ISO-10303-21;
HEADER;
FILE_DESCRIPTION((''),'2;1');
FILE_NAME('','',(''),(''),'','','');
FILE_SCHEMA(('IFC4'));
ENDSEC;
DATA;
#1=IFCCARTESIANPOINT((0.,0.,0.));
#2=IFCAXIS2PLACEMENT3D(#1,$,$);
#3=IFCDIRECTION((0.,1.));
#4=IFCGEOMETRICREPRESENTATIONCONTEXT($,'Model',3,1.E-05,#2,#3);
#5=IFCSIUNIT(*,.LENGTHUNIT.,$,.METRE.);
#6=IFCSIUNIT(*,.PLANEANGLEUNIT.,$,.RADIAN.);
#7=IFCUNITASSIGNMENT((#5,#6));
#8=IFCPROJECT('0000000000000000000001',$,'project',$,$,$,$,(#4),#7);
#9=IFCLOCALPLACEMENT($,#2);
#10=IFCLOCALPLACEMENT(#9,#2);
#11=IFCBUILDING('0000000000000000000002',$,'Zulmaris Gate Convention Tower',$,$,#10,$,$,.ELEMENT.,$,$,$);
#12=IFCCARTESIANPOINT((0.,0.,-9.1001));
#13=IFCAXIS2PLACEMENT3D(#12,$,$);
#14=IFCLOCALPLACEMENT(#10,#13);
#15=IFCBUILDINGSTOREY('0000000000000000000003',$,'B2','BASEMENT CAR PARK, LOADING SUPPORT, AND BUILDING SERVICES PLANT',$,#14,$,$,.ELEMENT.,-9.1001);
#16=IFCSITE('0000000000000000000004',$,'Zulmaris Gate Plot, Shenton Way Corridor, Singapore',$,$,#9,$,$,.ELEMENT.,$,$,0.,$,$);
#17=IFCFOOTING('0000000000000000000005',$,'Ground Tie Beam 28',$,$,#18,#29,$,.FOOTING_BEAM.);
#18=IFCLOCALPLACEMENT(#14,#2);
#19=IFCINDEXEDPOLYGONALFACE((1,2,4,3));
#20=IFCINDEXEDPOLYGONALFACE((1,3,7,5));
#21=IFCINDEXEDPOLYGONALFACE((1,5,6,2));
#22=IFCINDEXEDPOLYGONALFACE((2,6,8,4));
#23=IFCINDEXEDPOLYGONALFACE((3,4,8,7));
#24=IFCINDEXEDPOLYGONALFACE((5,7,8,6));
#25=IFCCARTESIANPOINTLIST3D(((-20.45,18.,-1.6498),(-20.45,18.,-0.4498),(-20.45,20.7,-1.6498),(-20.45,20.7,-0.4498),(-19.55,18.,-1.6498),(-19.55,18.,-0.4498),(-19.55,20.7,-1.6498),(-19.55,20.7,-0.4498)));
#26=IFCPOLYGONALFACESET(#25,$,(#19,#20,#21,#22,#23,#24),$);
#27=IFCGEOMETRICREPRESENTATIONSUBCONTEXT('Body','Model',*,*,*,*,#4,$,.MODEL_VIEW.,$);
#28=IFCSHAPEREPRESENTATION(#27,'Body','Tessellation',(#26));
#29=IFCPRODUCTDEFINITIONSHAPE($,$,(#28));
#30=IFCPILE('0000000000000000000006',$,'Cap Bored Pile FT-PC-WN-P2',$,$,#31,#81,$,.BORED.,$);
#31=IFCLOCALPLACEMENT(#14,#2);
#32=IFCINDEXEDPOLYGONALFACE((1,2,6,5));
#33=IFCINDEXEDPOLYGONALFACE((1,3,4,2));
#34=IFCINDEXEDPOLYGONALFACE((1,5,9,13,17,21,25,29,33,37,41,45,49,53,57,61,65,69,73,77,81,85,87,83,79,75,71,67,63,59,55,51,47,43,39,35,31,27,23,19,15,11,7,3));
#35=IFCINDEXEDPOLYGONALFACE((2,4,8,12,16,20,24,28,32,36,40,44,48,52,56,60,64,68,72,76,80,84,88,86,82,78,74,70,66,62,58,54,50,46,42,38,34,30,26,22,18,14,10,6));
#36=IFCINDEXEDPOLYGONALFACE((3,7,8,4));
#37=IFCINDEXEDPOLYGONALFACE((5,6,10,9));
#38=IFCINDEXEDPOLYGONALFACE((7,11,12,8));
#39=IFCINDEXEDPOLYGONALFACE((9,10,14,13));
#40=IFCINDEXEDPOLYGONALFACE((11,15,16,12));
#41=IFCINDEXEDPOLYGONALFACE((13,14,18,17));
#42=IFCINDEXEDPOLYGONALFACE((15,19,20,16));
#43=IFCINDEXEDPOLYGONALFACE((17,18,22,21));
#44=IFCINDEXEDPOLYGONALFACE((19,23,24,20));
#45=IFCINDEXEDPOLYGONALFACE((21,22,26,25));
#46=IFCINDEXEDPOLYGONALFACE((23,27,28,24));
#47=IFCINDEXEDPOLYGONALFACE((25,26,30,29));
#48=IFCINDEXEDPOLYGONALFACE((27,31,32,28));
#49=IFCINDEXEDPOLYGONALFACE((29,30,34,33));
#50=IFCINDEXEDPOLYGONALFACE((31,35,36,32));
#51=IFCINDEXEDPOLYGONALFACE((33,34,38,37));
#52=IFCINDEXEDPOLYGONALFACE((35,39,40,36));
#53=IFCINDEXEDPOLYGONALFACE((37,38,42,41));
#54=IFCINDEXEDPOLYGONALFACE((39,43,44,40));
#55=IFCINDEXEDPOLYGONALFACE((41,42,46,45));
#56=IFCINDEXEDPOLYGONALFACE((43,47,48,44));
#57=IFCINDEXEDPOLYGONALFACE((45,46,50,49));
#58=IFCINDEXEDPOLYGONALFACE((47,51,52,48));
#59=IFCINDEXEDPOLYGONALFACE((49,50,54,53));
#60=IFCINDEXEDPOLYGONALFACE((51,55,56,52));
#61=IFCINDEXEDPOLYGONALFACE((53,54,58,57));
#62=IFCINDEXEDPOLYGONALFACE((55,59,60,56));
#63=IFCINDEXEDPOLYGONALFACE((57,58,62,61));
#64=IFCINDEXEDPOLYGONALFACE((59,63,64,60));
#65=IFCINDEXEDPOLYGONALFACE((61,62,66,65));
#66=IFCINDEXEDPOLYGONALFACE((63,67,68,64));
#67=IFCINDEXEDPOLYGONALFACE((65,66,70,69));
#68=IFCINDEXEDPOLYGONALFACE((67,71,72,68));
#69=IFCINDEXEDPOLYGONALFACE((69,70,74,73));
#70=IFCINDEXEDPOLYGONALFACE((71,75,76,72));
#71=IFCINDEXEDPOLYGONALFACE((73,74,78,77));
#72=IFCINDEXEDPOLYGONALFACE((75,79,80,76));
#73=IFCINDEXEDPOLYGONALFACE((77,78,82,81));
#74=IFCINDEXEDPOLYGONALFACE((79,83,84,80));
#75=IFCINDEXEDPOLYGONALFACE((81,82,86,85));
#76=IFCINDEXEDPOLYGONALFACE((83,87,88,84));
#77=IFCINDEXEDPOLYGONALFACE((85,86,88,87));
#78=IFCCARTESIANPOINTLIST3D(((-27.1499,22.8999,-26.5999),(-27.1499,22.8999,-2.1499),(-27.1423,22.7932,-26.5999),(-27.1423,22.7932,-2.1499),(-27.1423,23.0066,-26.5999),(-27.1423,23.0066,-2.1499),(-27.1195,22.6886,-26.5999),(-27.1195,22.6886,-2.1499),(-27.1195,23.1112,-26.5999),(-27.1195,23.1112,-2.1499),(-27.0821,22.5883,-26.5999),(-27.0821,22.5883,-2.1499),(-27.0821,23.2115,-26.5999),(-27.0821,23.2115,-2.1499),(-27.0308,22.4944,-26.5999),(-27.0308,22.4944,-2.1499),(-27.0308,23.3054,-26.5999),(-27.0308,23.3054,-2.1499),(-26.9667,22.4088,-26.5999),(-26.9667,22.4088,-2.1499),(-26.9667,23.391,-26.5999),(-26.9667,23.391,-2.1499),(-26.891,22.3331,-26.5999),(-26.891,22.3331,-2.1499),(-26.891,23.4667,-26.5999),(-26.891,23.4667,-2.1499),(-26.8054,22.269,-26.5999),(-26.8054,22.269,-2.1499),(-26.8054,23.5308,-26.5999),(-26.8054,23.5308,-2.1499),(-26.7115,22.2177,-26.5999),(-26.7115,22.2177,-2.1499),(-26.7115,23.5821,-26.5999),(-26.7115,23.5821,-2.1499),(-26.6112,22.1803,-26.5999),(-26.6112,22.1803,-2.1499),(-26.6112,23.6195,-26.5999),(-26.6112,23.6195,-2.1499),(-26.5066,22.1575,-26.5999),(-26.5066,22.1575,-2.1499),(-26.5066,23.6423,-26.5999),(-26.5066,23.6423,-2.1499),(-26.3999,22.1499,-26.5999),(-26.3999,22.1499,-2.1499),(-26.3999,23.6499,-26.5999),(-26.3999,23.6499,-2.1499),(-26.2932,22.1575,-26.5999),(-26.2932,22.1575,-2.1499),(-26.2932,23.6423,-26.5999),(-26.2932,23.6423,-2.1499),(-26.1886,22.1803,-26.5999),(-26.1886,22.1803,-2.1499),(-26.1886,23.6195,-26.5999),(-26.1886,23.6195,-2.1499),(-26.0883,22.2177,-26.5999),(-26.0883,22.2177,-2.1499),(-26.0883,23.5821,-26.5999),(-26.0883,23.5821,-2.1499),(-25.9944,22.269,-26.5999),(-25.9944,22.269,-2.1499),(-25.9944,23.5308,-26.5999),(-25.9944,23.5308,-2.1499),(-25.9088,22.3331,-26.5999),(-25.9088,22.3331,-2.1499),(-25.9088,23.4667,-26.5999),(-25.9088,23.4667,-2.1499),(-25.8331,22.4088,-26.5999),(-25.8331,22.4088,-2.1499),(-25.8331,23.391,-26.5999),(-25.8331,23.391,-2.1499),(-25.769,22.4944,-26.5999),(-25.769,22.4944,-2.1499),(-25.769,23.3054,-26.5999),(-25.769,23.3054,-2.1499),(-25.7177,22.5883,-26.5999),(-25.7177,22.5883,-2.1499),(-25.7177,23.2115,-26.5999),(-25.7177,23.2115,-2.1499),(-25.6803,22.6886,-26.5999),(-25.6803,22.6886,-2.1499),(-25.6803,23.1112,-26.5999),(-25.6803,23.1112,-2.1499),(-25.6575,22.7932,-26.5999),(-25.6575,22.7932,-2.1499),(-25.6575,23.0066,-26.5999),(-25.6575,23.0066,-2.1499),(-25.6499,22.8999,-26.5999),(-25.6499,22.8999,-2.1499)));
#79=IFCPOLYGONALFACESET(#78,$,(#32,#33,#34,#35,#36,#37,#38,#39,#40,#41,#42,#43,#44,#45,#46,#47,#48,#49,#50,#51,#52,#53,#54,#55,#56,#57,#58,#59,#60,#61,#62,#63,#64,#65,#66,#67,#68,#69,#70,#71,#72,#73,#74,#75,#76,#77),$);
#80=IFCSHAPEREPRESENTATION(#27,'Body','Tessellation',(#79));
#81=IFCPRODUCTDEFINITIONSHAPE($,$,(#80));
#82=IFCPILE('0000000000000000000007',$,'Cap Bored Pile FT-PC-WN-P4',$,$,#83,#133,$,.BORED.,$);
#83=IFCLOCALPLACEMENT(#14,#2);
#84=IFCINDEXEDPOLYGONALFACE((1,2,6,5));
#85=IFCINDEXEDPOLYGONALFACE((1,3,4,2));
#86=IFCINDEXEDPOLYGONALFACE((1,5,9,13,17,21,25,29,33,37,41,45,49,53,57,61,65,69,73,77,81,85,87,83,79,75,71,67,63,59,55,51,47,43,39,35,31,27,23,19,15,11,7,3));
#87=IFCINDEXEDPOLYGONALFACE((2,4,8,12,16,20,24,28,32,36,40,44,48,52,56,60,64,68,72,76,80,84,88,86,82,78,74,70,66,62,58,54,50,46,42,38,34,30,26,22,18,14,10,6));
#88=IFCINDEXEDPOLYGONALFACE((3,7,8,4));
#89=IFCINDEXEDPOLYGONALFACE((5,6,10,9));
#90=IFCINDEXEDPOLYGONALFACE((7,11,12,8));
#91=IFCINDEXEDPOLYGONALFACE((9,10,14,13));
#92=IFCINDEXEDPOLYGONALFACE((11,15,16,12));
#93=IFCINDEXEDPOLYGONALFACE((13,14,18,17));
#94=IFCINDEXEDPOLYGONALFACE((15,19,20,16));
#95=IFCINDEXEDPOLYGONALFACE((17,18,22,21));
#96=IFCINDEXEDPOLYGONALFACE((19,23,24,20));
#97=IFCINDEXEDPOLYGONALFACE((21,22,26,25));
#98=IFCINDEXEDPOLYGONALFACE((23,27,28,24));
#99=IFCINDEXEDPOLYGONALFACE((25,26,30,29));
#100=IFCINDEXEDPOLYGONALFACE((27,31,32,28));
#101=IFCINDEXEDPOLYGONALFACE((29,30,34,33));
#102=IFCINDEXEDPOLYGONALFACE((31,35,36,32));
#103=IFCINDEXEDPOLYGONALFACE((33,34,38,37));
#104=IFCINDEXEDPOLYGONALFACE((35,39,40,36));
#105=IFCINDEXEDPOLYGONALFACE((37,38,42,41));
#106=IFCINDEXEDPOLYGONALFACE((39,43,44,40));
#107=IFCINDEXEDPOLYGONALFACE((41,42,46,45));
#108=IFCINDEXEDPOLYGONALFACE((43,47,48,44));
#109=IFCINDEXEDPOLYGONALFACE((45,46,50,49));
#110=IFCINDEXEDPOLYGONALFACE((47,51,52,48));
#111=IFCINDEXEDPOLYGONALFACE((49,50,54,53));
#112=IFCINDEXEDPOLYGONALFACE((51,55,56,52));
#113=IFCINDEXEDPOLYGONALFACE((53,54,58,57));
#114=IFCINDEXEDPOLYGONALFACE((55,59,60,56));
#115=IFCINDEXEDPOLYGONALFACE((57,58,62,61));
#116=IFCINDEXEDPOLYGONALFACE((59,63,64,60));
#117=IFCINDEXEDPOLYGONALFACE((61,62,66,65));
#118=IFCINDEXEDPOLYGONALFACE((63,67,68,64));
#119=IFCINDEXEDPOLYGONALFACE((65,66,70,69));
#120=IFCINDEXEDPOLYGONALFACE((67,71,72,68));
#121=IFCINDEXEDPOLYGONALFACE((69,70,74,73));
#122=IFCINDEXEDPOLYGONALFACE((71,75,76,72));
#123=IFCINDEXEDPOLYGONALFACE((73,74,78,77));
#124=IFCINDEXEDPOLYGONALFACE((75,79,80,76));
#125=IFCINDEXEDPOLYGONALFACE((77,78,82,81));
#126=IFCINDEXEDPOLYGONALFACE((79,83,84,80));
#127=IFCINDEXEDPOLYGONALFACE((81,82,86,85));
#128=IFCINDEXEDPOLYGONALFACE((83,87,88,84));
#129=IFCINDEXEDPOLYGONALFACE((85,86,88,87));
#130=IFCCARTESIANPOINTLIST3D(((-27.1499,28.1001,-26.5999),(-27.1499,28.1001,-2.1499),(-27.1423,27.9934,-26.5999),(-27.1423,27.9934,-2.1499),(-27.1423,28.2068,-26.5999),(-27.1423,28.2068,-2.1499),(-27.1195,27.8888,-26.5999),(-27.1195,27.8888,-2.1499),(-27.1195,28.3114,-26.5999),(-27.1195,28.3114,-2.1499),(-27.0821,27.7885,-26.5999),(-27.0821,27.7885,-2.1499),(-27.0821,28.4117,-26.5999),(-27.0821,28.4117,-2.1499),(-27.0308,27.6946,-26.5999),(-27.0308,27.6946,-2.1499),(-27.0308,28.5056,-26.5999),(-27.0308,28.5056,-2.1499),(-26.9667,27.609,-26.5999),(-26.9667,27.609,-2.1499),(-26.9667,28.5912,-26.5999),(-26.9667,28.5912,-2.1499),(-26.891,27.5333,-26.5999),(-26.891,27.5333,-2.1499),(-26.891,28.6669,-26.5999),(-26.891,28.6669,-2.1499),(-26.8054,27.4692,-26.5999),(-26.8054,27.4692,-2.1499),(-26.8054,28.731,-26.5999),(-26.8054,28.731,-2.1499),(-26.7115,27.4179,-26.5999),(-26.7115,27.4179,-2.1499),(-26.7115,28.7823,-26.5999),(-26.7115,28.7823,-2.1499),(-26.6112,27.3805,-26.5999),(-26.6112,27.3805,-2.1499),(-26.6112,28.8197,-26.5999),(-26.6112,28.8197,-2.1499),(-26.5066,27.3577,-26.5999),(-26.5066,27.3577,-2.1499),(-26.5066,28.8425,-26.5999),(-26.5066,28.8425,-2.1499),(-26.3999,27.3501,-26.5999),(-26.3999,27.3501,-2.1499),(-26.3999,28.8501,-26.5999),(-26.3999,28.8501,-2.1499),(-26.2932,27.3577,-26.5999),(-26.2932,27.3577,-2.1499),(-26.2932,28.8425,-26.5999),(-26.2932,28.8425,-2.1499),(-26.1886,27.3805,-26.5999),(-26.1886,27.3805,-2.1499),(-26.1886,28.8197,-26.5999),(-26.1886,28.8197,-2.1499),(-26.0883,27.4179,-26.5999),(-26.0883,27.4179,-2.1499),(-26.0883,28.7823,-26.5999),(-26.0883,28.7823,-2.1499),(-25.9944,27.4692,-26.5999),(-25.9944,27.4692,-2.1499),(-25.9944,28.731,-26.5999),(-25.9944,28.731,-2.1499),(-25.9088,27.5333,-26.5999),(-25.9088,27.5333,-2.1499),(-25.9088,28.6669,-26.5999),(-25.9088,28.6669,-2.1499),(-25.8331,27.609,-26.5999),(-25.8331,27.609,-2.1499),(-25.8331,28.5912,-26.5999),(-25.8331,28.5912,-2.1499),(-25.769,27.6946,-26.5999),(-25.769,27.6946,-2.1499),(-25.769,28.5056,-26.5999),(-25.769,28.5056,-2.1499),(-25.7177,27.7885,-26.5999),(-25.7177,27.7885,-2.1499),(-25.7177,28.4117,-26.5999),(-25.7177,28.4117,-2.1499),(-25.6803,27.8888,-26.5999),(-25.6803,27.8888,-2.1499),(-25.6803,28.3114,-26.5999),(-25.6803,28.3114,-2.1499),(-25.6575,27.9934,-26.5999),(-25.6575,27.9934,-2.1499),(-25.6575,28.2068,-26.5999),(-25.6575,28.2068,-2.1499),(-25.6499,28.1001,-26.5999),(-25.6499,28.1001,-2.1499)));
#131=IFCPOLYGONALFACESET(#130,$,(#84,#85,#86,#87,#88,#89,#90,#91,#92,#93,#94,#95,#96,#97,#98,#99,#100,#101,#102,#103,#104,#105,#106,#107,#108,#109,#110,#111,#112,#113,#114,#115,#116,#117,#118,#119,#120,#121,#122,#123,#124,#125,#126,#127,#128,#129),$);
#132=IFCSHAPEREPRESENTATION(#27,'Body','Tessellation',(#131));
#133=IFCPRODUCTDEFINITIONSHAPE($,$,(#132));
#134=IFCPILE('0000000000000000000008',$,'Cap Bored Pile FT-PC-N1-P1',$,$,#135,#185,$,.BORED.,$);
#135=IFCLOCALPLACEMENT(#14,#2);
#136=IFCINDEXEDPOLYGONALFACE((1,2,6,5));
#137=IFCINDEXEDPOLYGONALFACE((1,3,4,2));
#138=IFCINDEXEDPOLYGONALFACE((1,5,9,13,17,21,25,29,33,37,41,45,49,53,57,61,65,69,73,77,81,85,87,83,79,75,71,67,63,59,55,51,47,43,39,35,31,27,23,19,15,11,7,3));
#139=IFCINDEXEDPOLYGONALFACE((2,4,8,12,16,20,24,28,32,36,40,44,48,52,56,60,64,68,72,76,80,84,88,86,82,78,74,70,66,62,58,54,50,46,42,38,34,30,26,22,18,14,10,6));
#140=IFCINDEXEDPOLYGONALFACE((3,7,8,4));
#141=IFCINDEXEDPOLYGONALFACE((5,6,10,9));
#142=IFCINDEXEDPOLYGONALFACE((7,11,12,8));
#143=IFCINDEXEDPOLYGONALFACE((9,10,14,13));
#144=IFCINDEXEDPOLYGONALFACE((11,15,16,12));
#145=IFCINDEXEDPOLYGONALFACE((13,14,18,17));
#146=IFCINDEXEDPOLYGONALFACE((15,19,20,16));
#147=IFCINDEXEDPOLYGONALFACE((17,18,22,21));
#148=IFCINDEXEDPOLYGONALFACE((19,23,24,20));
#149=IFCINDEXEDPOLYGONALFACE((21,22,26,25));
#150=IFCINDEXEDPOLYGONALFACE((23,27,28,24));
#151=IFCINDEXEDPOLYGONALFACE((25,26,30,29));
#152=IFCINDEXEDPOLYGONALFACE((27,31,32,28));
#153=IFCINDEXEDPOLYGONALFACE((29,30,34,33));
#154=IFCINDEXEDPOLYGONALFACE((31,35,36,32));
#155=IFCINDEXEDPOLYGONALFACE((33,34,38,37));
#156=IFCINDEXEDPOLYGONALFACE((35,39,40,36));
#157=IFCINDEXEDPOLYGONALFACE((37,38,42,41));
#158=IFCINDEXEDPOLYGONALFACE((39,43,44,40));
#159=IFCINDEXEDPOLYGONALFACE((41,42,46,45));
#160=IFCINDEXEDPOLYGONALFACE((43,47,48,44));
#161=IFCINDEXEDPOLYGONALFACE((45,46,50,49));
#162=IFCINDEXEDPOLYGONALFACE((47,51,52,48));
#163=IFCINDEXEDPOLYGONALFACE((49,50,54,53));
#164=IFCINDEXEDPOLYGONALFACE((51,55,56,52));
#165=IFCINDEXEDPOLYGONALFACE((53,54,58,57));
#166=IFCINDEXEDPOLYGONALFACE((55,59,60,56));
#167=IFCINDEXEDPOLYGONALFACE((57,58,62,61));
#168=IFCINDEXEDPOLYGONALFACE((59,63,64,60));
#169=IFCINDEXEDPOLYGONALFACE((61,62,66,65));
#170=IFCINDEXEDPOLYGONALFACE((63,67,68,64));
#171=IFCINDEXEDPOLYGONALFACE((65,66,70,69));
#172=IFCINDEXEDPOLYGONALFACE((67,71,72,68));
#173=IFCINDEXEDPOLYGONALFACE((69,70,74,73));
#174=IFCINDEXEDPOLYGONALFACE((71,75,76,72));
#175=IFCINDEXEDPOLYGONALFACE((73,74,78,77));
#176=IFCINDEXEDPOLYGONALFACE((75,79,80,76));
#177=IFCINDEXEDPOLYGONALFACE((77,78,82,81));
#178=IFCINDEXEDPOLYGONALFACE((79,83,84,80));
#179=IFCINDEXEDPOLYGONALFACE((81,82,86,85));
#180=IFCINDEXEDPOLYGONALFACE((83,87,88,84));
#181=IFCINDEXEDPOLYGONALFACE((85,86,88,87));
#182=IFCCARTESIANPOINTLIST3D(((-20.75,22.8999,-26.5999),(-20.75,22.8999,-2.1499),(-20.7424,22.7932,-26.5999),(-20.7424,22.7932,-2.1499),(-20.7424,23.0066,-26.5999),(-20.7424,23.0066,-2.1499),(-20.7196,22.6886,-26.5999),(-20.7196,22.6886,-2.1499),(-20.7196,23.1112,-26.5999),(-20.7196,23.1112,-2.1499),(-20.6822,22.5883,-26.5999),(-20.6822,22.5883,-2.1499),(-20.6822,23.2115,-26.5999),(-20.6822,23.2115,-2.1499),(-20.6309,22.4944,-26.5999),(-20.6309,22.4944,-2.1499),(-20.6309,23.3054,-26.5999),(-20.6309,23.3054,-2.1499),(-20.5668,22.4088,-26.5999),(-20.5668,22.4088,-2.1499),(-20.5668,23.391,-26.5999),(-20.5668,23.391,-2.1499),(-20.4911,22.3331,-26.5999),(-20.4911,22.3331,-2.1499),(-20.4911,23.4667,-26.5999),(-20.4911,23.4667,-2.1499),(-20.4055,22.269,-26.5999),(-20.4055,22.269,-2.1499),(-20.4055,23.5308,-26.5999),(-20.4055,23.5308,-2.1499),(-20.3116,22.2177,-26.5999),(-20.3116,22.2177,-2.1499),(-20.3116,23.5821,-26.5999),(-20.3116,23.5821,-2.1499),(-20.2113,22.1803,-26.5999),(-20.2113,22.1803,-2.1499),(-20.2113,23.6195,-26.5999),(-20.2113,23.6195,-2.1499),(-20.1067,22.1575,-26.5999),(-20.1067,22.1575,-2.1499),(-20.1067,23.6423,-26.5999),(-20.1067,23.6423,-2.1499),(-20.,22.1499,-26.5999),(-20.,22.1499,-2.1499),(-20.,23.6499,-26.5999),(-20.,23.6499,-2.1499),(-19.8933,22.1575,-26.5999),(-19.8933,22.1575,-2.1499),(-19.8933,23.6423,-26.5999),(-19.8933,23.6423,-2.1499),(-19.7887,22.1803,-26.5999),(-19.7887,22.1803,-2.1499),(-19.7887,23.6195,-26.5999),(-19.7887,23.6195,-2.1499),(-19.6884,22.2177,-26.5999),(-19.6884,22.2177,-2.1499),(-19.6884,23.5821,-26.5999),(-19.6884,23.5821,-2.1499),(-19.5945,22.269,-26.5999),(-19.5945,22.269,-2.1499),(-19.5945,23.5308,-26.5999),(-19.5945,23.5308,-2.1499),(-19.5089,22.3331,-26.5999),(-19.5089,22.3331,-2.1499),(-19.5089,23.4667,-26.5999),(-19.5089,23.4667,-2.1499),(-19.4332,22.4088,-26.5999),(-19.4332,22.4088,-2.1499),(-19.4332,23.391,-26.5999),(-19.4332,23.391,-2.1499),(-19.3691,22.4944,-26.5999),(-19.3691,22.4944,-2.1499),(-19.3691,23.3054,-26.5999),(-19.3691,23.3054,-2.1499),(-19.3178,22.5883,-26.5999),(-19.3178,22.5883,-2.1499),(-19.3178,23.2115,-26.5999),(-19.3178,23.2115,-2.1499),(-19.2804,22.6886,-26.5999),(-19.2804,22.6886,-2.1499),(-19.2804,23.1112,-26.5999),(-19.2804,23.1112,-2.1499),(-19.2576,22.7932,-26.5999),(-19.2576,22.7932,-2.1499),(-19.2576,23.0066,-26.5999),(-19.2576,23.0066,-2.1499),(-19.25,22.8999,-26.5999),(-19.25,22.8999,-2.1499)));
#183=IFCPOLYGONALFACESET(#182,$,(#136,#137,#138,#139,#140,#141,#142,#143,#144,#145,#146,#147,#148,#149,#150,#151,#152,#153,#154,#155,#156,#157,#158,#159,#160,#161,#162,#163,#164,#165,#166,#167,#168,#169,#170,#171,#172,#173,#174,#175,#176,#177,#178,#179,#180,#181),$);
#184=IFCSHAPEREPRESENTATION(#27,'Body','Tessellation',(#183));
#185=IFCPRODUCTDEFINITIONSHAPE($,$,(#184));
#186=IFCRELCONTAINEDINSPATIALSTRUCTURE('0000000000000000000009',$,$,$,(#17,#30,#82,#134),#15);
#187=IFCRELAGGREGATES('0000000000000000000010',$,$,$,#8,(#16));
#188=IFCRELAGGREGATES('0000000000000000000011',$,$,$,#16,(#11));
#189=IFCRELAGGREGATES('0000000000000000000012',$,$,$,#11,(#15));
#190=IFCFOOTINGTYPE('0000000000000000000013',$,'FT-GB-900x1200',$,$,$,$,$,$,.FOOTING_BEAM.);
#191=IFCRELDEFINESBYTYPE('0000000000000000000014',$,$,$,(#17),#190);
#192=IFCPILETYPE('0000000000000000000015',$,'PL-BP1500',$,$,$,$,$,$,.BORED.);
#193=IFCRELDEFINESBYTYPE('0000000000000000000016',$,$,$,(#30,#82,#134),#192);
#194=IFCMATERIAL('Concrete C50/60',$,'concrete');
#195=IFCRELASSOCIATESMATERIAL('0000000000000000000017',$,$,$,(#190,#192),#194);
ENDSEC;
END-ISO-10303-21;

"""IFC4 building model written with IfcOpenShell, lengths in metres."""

from ifc_helpers import new_model, si_unit, direction, frame, origin, origin_2d, place, context, subcontext, project, spatial, rectangle, circle, extrude, material, material_profile, profile_set, type_object, element, save


model = new_model("IFC4")

# Units and contexts
model_context = context("Model", 3, precision=1e-05, world=origin(), true_north=direction((0.0, 1.0)))
body_context = subcontext(model_context, "Body", "Model", "MODEL_VIEW")
ifc_project = project(units=[si_unit("LENGTHUNIT", "METRE"), si_unit("PLANEANGLEUNIT", "RADIAN")], contexts=[model_context])

# Site, building, storey
site_placement = place(None, origin())
site = spatial("IfcSite", under=ifc_project, at=site_placement, Name="Zulmaris Gate Plot, Shenton Way Corridor, Singapore", CompositionType="ELEMENT", RefElevation=0.0)
building_placement = place(site_placement, origin())
building = spatial("IfcBuilding", under=site, at=building_placement, Name="Zulmaris Gate Convention Tower", CompositionType="ELEMENT")
storey_placement = place(building_placement, frame((0.0, 0.0, -9.1001)))
storey = spatial("IfcBuildingStorey", under=building, at=storey_placement, Name="B2", Description="BASEMENT CAR PARK, LOADING SUPPORT, AND BUILDING SERVICES PLANT", CompositionType="ELEMENT", Elevation=-9.1001)

# Footing
ifc_material_1 = material(Name="Concrete C50/60", Category="concrete")
ifc_material_profile_1 = material_profile(ifc_material_1, rectangle(XDim=0.8999, YDim=1.2, at=origin_2d()), Name="RC TIE 900x1200")
ifc_profile_set_1 = profile_set([ifc_material_profile_1], Name="Concrete C50/60")
footing_type = type_object("IfcFootingType", Name="FT-GB-900x1200", PredefinedType="FOOTING_BEAM", material=ifc_profile_set_1)
footing_placement = place(storey_placement, frame((-20.0, 18.0, -1.0498), z_axis=(0.0, 1.0, 0.0), x_axis=(-1.0, 0.0, 0.0)))
element("IfcFooting", 1, at=footing_placement, inside=storey, type_object=footing_type, Name="Ground Tie Beam 28", PredefinedType="FOOTING_BEAM", context=body_context, shape_type="SweptSolid", body=[
    extrude(rectangle(XDim=0.8999, YDim=1.2, at=origin_2d()), origin(), (0.0, 0.0, 1.0), 2.7),
])

# Piles
ifc_material_profile_2 = material_profile(ifc_material_1, circle(Radius=0.75, at=origin_2d()), Name="BORED PILE 1500")
ifc_profile_set_2 = profile_set([ifc_material_profile_2], Name="Concrete C50/60")
pile_type = type_object("IfcPileType", Name="PL-BP1500", PredefinedType="BORED", material=ifc_profile_set_2)
for number, where, z_axis, x_axis, name in (
    (2, (-26.3999, 22.8999, -2.1499), (0.0, 0.0, -1.0), (1.0, 0.0, 0.0), "Cap Bored Pile FT-PC-WN-P2"),
    (3, (-26.3999, 28.1001, -2.1499), (0.0, 0.0, -1.0), (1.0, 0.0, 0.0), "Cap Bored Pile FT-PC-WN-P4"),
    (4, (-20.0, 22.8999, -2.1499), (0.0, 0.0, -1.0), (1.0, 0.0, 0.0), "Cap Bored Pile FT-PC-N1-P1"),
):
    element("IfcPile", number, at=place(storey_placement, frame(where, z_axis=z_axis, x_axis=x_axis)), inside=storey, type_object=pile_type, Name=name, PredefinedType="BORED", context=body_context, shape_type="SweptSolid", body=[
        extrude(circle(Radius=0.75, at=origin_2d()), origin(), (0.0, 0.0, 1.0), 24.45),
    ])

save(model, "model.ifc")
